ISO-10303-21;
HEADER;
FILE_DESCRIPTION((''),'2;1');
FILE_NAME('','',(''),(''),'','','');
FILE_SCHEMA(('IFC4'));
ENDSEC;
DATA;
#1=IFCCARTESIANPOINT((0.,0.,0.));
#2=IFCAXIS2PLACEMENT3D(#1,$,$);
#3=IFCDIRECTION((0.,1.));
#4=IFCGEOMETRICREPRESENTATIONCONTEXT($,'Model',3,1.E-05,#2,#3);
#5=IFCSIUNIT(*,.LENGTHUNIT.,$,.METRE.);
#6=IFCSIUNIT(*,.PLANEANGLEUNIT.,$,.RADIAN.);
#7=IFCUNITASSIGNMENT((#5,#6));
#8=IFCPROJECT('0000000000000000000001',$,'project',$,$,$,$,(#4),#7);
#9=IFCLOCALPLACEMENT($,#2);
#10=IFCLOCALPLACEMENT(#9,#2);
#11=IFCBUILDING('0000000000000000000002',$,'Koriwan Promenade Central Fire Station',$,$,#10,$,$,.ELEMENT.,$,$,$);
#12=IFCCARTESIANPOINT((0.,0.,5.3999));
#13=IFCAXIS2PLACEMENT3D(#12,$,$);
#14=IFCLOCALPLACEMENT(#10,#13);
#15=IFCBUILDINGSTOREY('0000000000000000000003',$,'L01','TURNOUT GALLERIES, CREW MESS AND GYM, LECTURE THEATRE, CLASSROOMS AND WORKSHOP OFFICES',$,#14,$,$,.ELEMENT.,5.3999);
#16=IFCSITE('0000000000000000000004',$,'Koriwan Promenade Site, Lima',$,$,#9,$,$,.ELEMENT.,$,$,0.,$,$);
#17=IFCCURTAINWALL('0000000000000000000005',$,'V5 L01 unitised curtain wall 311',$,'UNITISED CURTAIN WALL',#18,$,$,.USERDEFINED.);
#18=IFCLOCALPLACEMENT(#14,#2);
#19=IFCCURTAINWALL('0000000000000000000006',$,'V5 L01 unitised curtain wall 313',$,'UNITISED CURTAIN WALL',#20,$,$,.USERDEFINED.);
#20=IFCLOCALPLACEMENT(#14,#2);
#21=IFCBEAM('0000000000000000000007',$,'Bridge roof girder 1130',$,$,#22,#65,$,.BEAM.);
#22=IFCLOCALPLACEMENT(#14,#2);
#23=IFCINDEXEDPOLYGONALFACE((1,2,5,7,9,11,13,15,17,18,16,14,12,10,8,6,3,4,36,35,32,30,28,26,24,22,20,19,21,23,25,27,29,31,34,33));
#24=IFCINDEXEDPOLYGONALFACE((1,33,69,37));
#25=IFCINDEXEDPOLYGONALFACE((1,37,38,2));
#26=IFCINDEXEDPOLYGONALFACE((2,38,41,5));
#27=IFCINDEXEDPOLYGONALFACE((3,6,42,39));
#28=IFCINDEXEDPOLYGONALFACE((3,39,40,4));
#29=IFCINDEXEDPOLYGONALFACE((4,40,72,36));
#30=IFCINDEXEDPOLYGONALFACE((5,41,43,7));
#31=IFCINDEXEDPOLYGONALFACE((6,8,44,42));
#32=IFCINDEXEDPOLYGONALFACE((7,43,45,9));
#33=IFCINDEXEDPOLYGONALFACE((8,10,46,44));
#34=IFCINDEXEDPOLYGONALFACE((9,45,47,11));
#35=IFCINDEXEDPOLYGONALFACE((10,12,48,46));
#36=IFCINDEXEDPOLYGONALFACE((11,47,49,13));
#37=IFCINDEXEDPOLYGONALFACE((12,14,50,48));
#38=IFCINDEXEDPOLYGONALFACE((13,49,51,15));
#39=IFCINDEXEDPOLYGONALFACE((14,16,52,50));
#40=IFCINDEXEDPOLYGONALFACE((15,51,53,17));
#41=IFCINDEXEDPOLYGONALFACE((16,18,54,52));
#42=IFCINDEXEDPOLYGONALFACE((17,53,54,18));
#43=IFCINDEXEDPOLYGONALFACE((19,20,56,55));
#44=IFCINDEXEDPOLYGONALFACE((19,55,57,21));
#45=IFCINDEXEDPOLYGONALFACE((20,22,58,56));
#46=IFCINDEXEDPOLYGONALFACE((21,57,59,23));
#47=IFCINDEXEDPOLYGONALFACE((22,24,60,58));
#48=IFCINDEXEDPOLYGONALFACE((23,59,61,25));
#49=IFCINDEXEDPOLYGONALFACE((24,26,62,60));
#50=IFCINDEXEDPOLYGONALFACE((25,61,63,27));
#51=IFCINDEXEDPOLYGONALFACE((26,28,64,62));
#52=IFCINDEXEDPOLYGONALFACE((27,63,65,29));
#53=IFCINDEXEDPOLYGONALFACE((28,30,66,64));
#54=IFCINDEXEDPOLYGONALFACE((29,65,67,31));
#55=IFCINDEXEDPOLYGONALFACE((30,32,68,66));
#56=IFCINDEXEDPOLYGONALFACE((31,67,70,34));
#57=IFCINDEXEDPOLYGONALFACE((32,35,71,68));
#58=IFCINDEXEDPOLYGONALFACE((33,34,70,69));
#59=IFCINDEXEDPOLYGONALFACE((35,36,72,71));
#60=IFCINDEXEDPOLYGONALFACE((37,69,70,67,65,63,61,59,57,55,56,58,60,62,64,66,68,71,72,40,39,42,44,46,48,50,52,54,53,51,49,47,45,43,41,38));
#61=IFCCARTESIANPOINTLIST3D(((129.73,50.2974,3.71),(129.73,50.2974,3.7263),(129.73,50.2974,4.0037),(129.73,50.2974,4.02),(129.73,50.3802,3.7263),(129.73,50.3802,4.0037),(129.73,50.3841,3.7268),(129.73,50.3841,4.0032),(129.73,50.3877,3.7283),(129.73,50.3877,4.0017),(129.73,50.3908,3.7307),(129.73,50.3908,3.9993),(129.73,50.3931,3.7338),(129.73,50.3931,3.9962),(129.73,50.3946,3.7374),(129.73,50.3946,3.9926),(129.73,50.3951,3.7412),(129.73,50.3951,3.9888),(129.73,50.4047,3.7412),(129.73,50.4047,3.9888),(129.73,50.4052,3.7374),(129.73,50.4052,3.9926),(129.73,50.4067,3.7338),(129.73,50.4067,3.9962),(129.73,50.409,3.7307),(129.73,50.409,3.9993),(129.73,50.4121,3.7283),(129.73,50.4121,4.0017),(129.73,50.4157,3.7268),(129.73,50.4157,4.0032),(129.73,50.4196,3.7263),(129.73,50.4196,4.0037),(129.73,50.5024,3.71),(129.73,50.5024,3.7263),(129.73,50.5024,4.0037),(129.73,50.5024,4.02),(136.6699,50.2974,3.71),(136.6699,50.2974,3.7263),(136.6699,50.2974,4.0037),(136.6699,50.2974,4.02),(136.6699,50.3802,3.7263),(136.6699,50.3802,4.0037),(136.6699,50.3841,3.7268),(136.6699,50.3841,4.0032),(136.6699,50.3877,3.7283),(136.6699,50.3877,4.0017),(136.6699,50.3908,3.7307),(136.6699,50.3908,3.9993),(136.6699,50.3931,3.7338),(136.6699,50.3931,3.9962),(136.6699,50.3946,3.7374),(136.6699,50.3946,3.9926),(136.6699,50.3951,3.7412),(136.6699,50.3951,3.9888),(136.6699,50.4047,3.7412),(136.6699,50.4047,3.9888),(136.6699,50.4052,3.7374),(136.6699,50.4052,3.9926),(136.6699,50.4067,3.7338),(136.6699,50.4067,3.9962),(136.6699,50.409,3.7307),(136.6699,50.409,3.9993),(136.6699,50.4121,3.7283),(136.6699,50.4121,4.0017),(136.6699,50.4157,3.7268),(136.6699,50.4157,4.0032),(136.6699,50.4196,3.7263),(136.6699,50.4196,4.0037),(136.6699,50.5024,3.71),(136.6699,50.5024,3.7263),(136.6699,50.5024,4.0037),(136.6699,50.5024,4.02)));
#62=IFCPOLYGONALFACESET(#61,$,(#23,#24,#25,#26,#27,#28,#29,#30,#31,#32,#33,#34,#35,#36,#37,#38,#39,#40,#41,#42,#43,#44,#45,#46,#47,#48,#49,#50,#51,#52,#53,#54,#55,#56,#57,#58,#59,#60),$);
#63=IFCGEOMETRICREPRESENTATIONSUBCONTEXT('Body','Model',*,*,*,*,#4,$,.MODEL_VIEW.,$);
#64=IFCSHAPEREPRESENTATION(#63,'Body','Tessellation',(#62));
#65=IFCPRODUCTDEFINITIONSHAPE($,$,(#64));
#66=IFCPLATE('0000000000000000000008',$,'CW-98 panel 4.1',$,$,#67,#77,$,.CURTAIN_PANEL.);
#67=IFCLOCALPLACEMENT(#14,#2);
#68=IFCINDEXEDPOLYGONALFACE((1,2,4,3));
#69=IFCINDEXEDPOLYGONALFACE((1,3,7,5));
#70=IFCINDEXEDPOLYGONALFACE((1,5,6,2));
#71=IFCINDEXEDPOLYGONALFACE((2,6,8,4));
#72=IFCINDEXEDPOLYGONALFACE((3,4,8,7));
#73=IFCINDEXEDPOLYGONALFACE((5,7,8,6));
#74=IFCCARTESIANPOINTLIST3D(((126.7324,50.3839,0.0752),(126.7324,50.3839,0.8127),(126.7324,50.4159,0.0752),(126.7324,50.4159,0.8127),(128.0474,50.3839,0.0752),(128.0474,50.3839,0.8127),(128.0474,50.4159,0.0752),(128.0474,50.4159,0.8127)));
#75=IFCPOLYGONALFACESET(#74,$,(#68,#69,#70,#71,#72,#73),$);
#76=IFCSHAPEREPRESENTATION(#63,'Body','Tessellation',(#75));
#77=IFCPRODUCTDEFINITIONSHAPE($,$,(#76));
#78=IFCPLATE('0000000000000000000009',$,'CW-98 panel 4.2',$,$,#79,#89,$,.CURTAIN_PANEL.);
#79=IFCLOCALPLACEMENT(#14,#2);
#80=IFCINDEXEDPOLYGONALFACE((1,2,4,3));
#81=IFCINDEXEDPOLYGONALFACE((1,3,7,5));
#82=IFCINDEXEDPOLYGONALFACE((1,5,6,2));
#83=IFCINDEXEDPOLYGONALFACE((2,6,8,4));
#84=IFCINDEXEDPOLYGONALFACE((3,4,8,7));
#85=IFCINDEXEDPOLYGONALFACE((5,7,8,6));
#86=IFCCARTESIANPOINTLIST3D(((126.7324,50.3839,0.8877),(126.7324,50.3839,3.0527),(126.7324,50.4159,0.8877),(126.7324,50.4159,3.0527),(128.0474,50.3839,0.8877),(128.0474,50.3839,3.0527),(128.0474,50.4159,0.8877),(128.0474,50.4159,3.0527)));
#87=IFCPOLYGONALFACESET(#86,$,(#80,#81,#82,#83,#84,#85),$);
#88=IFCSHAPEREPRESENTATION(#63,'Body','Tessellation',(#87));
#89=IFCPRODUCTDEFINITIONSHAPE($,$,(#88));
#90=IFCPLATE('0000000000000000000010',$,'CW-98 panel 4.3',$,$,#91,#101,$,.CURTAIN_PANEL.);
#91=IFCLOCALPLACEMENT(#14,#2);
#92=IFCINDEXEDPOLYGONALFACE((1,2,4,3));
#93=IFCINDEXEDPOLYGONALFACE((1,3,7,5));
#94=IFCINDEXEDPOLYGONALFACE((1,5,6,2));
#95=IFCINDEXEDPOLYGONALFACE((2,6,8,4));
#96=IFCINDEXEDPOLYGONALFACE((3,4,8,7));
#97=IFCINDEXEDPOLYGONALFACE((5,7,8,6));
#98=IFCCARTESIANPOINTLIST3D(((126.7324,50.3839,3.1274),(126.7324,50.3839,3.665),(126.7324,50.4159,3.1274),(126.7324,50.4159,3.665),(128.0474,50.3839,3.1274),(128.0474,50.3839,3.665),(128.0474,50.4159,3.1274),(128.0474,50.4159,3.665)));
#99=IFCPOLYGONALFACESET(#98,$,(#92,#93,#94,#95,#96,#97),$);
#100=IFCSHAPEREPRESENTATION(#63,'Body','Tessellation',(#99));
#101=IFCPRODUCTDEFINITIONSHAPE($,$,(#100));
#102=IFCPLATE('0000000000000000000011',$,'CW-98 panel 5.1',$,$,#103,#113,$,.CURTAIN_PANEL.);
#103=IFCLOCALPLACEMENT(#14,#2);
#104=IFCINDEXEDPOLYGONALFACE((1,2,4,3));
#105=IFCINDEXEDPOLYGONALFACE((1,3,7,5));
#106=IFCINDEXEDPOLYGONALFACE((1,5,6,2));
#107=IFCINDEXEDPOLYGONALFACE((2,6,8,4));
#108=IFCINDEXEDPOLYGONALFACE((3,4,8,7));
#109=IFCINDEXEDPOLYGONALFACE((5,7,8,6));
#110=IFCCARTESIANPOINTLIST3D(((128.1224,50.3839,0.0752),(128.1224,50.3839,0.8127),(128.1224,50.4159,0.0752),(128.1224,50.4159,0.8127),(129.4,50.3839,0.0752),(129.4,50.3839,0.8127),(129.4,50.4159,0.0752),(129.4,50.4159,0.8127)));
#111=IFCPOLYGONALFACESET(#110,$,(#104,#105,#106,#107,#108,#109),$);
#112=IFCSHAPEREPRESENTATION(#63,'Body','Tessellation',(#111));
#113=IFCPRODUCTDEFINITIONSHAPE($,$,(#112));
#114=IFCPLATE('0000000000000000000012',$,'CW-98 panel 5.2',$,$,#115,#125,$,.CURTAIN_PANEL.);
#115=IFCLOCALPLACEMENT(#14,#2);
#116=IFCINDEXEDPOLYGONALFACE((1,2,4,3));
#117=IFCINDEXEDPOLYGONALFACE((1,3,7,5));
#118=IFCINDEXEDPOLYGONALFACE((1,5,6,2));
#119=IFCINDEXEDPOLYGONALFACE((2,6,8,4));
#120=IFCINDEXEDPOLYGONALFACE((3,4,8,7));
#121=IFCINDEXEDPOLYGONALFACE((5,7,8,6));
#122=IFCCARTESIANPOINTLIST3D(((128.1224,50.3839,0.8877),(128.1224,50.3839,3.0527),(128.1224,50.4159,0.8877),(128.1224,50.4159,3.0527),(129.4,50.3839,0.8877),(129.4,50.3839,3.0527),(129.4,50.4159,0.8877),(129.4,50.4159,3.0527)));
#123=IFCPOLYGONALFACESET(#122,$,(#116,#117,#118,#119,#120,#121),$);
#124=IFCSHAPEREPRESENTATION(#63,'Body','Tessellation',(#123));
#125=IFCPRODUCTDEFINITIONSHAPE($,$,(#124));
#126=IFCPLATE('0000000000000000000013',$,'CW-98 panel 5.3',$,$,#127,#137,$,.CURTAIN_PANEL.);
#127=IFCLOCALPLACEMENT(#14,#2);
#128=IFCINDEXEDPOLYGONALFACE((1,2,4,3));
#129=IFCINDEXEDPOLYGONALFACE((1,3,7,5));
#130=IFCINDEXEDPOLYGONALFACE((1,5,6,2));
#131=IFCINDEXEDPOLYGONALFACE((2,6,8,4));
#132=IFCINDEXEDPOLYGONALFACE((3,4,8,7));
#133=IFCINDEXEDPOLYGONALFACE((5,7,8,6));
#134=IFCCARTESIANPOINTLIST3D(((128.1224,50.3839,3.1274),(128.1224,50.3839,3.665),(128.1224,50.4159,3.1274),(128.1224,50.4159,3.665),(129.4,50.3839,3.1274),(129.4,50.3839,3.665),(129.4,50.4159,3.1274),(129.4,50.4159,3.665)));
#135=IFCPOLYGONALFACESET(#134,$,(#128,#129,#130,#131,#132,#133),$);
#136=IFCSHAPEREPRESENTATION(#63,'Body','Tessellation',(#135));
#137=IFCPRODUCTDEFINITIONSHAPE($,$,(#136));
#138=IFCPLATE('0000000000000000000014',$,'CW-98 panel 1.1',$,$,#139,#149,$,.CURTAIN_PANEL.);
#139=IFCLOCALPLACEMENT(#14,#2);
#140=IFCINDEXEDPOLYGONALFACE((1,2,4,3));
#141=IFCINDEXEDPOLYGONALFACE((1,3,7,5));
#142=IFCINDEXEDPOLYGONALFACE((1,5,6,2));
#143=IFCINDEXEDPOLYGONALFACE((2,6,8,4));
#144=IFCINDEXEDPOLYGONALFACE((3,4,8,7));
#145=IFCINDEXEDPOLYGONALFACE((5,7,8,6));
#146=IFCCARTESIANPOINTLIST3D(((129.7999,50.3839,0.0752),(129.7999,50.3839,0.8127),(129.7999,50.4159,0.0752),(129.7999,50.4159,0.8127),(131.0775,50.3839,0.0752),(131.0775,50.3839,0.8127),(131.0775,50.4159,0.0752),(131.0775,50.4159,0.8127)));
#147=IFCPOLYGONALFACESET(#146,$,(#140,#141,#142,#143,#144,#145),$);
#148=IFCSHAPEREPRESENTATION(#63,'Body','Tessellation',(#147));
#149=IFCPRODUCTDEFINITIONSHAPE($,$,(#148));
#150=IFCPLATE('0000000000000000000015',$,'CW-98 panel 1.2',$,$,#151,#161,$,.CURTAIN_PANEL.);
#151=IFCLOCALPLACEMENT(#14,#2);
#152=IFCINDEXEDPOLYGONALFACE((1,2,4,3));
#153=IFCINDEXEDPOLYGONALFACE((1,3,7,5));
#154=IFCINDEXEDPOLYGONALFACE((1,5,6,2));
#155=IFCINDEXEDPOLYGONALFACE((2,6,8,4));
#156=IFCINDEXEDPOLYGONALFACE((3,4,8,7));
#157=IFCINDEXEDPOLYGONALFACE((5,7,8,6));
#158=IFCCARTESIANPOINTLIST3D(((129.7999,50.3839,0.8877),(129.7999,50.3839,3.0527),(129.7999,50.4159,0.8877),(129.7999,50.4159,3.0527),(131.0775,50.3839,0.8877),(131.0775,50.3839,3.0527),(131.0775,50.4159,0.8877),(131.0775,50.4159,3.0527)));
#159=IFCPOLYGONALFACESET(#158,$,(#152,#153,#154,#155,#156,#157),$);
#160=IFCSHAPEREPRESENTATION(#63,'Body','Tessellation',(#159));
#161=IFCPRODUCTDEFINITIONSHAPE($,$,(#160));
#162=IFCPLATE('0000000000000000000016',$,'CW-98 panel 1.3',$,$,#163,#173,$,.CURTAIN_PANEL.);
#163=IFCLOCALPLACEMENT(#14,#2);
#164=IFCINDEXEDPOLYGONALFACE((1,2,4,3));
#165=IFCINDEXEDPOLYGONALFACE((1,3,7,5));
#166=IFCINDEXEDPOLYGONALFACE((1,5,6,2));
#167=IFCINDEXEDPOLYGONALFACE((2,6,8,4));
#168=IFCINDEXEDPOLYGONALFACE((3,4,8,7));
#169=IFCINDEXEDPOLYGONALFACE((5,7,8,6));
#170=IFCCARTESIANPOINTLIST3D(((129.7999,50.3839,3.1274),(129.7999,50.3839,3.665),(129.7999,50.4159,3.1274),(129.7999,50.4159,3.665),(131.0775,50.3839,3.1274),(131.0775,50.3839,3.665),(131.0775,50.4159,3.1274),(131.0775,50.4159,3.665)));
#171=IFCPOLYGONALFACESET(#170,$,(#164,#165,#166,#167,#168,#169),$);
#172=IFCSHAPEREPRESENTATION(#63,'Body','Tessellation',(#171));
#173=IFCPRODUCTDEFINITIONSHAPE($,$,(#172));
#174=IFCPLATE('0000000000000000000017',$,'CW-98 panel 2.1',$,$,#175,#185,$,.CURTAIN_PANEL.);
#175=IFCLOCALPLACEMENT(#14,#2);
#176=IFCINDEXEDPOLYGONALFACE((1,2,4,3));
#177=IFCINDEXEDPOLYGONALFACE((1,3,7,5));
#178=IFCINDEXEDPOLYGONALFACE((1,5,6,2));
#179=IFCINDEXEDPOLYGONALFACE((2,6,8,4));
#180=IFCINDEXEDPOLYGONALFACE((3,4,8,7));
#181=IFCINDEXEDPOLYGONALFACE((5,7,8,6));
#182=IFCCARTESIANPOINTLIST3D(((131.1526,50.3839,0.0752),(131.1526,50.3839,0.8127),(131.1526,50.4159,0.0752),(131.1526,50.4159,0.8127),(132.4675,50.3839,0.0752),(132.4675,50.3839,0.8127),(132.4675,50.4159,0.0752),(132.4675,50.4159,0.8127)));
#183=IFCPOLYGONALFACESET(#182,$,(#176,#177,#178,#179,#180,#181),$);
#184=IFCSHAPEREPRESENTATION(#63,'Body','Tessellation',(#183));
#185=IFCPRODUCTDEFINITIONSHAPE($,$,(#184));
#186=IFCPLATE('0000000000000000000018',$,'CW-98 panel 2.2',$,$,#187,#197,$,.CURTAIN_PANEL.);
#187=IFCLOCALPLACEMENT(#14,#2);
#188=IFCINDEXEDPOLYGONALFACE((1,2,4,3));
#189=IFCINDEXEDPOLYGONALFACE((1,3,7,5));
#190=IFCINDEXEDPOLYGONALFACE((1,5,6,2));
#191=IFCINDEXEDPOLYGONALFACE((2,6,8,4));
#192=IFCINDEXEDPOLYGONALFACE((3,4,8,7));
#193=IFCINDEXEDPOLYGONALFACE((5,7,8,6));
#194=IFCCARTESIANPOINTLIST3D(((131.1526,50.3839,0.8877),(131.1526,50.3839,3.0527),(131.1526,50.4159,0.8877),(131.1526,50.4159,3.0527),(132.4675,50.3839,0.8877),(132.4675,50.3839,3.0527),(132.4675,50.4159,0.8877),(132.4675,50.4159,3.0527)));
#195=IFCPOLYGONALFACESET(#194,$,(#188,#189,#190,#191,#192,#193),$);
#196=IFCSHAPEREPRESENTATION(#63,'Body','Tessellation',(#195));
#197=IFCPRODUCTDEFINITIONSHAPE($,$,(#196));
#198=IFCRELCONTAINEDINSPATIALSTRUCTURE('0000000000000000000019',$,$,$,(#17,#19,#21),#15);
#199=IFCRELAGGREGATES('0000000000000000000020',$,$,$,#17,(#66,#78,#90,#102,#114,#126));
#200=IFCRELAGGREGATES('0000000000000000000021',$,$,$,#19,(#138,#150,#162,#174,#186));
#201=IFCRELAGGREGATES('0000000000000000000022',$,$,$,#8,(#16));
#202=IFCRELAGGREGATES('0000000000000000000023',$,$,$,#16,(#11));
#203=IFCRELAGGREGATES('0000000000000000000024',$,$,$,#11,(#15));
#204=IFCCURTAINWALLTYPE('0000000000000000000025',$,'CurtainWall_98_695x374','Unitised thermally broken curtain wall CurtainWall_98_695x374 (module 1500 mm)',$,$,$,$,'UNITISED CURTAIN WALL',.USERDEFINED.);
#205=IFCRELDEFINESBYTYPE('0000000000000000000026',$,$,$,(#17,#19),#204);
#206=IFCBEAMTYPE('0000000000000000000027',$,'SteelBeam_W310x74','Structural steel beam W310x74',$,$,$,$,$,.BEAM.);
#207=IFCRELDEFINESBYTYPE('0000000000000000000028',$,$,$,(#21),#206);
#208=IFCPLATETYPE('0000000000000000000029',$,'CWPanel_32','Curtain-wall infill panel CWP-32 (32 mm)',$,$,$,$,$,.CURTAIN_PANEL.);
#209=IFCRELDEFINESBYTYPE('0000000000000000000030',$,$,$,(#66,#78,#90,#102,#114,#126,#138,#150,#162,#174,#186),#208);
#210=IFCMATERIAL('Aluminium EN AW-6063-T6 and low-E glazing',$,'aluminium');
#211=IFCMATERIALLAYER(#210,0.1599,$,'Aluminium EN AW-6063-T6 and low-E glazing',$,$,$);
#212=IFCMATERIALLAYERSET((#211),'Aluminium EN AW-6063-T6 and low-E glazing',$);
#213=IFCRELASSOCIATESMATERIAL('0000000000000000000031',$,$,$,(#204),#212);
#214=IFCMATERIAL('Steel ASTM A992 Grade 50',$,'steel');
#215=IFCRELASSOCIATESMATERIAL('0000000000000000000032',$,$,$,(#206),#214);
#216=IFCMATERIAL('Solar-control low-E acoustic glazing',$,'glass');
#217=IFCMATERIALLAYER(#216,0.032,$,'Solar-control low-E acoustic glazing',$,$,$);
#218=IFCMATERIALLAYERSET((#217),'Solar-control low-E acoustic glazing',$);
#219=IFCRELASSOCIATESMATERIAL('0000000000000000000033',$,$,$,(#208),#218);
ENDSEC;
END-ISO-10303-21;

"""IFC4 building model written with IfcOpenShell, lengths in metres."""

from ifc_helpers import new_model, si_unit, direction, frame, origin, origin_2d, place, context, subcontext, project, spatial, rectangle, i_section, extrude, material, layer, layer_set, material_profile, profile_set, type_object, element, aggregate, save


model = new_model("IFC4")

# Units and contexts
model_context = context("Model", 3, precision=1e-05, world=origin(), true_north=direction((0.0, 1.0)))
body_context = subcontext(model_context, "Body", "Model", "MODEL_VIEW")
ifc_project = project(units=[si_unit("LENGTHUNIT", "METRE"), si_unit("PLANEANGLEUNIT", "RADIAN")], contexts=[model_context])

# Site, building, storey
site_placement = place(None, origin())
site = spatial("IfcSite", under=ifc_project, at=site_placement, Name="Koriwan Promenade Site, Lima", CompositionType="ELEMENT", RefElevation=0.0)
building_placement = place(site_placement, origin())
building = spatial("IfcBuilding", under=site, at=building_placement, Name="Koriwan Promenade Central Fire Station", CompositionType="ELEMENT")
storey_placement = place(building_placement, frame((0.0, 0.0, 5.3999)))
storey = spatial("IfcBuildingStorey", under=building, at=storey_placement, Name="L01", Description="TURNOUT GALLERIES, CREW MESS AND GYM, LECTURE THEATRE, CLASSROOMS AND WORKSHOP OFFICES", CompositionType="ELEMENT", Elevation=5.3999)

# Curtain walls
ifc_material_1 = material(Name="Aluminium EN AW-6063-T6 and low-E glazing", Category="aluminium")
ifc_layer_1 = layer(ifc_material_1, 0.1599, Name="Aluminium EN AW-6063-T6 and low-E glazing")
ifc_layer_set_1 = layer_set([ifc_layer_1], Name="Aluminium EN AW-6063-T6 and low-E glazing")
curtain_wall_type = type_object("IfcCurtainWallType", Name="CurtainWall_98_695x374", Description="Unitised thermally broken curtain wall CurtainWall_98_695x374 (module 1500 mm)", ElementType="UNITISED CURTAIN WALL", PredefinedType="USERDEFINED", material=ifc_layer_set_1)
curtain_wall_1_placement = place(storey_placement, origin())
curtain_wall_1 = element("IfcCurtainWall", 1, at=curtain_wall_1_placement, inside=storey, type_object=curtain_wall_type, Name="V5 L01 unitised curtain wall 311", ObjectType="UNITISED CURTAIN WALL", PredefinedType="USERDEFINED")
curtain_wall_2_placement = place(storey_placement, origin())
curtain_wall_2 = element("IfcCurtainWall", 2, at=curtain_wall_2_placement, inside=storey, type_object=curtain_wall_type, Name="V5 L01 unitised curtain wall 313", ObjectType="UNITISED CURTAIN WALL", PredefinedType="USERDEFINED")

# Beam
ifc_material_2 = material(Name="Steel ASTM A992 Grade 50", Category="steel")
ifc_material_profile_1 = material_profile(ifc_material_2, i_section(OverallWidth=0.2051, OverallDepth=0.3101, WebThickness=0.0095, FlangeThickness=0.0164, FilletRadius=0.0149, at=origin_2d()), Name="W310x74")
ifc_profile_set_1 = profile_set([ifc_material_profile_1], Name="Steel ASTM A992 Grade 50")
beam_type_1 = type_object("IfcBeamType", Name="SteelBeam_W310x74", Description="Structural steel beam W310x74", PredefinedType="BEAM", material=ifc_profile_set_1)
beam_1_placement = place(storey_placement, frame((129.73, 50.3999, 3.865), z_axis=(1.0, 0.0, 0.0), x_axis=(0.0, 1.0, 0.0)))
element("IfcBeam", 3, at=beam_1_placement, inside=storey, type_object=beam_type_1, Name="Bridge roof girder 1130", PredefinedType="BEAM", context=body_context, shape_type="SweptSolid", body=[
    extrude(i_section(OverallWidth=0.2051, OverallDepth=0.3101, WebThickness=0.0095, FlangeThickness=0.0164, FilletRadius=0.0149, at=origin_2d()), origin(), (0.0, 0.0, 1.0), 6.9399),
])

# Plates
ifc_material_3 = material(Name="Solar-control low-E acoustic glazing", Category="glass")
ifc_layer_2 = layer(ifc_material_3, 0.032, Name="Solar-control low-E acoustic glazing")
ifc_layer_set_2 = layer_set([ifc_layer_2], Name="Solar-control low-E acoustic glazing")
plate_type = type_object("IfcPlateType", Name="CWPanel_32", Description="Curtain-wall infill panel CWP-32 (32 mm)", PredefinedType="CURTAIN_PANEL", material=ifc_layer_set_2)
plate_1_placement = place(storey_placement, frame((127.3899, 50.3999, 0.0752), z_axis=(0.0, 0.0, 1.0), x_axis=(1.0, 0.0, 0.0)))
plate_1 = element("IfcPlate", 4, at=plate_1_placement, type_object=plate_type, Name="CW-98 panel 4.1", PredefinedType="CURTAIN_PANEL", context=body_context, shape_type="SweptSolid", body=[
    extrude(rectangle(XDim=1.3149, YDim=0.032, at=origin_2d()), origin(), (0.0, 0.0, 1.0), 0.7375),
])
plate_2_placement = place(storey_placement, frame((127.3899, 50.3999, 0.8877), z_axis=(0.0, 0.0, 1.0), x_axis=(1.0, 0.0, 0.0)))
plate_2 = element("IfcPlate", 5, at=plate_2_placement, type_object=plate_type, Name="CW-98 panel 4.2", PredefinedType="CURTAIN_PANEL", context=body_context, shape_type="SweptSolid", body=[
    extrude(rectangle(XDim=1.3149, YDim=0.032, at=origin_2d()), origin(), (0.0, 0.0, 1.0), 2.165),
])
plate_3_placement = place(storey_placement, frame((127.3899, 50.3999, 3.1274), z_axis=(0.0, 0.0, 1.0), x_axis=(1.0, 0.0, 0.0)))
plate_3 = element("IfcPlate", 6, at=plate_3_placement, type_object=plate_type, Name="CW-98 panel 4.3", PredefinedType="CURTAIN_PANEL", context=body_context, shape_type="SweptSolid", body=[
    extrude(rectangle(XDim=1.3149, YDim=0.032, at=origin_2d()), origin(), (0.0, 0.0, 1.0), 0.5376),
])
plate_4_placement = place(storey_placement, frame((128.7612, 50.3999, 0.0752), z_axis=(0.0, 0.0, 1.0), x_axis=(1.0, 0.0, 0.0)))
plate_4 = element("IfcPlate", 7, at=plate_4_placement, type_object=plate_type, Name="CW-98 panel 5.1", PredefinedType="CURTAIN_PANEL", context=body_context, shape_type="SweptSolid", body=[
    extrude(rectangle(XDim=1.2776, YDim=0.032, at=origin_2d()), origin(), (0.0, 0.0, 1.0), 0.7375),
])
plate_5_placement = place(storey_placement, frame((128.7612, 50.3999, 0.8877), z_axis=(0.0, 0.0, 1.0), x_axis=(1.0, 0.0, 0.0)))
plate_5 = element("IfcPlate", 8, at=plate_5_placement, type_object=plate_type, Name="CW-98 panel 5.2", PredefinedType="CURTAIN_PANEL", context=body_context, shape_type="SweptSolid", body=[
    extrude(rectangle(XDim=1.2776, YDim=0.032, at=origin_2d()), origin(), (0.0, 0.0, 1.0), 2.165),
])
plate_6_placement = place(storey_placement, frame((128.7612, 50.3999, 3.1274), z_axis=(0.0, 0.0, 1.0), x_axis=(1.0, 0.0, 0.0)))
plate_6 = element("IfcPlate", 9, at=plate_6_placement, type_object=plate_type, Name="CW-98 panel 5.3", PredefinedType="CURTAIN_PANEL", context=body_context, shape_type="SweptSolid", body=[
    extrude(rectangle(XDim=1.2776, YDim=0.032, at=origin_2d()), origin(), (0.0, 0.0, 1.0), 0.5376),
])
aggregate(curtain_wall_1, [plate_1, plate_2, plate_3, plate_4, plate_5, plate_6])
plate_7_placement = place(storey_placement, frame((130.4387, 50.3999, 0.0752), z_axis=(0.0, 0.0, 1.0), x_axis=(1.0, 0.0, 0.0)))
plate_7 = element("IfcPlate", 10, at=plate_7_placement, type_object=plate_type, Name="CW-98 panel 1.1", PredefinedType="CURTAIN_PANEL", context=body_context, shape_type="SweptSolid", body=[
    extrude(rectangle(XDim=1.2776, YDim=0.032, at=origin_2d()), origin(), (0.0, 0.0, 1.0), 0.7375),
])
plate_8_placement = place(storey_placement, frame((130.4387, 50.3999, 0.8877), z_axis=(0.0, 0.0, 1.0), x_axis=(1.0, 0.0, 0.0)))
plate_8 = element("IfcPlate", 11, at=plate_8_placement, type_object=plate_type, Name="CW-98 panel 1.2", PredefinedType="CURTAIN_PANEL", context=body_context, shape_type="SweptSolid", body=[
    extrude(rectangle(XDim=1.2776, YDim=0.032, at=origin_2d()), origin(), (0.0, 0.0, 1.0), 2.165),
])
plate_9_placement = place(storey_placement, frame((130.4387, 50.3999, 3.1274), z_axis=(0.0, 0.0, 1.0), x_axis=(1.0, 0.0, 0.0)))
plate_9 = element("IfcPlate", 12, at=plate_9_placement, type_object=plate_type, Name="CW-98 panel 1.3", PredefinedType="CURTAIN_PANEL", context=body_context, shape_type="SweptSolid", body=[
    extrude(rectangle(XDim=1.2776, YDim=0.032, at=origin_2d()), origin(), (0.0, 0.0, 1.0), 0.5376),
])
plate_10_placement = place(storey_placement, frame((131.8101, 50.3999, 0.0752), z_axis=(0.0, 0.0, 1.0), x_axis=(1.0, 0.0, 0.0)))
plate_10 = element("IfcPlate", 13, at=plate_10_placement, type_object=plate_type, Name="CW-98 panel 2.1", PredefinedType="CURTAIN_PANEL", context=body_context, shape_type="SweptSolid", body=[
    extrude(rectangle(XDim=1.3149, YDim=0.032, at=origin_2d()), origin(), (0.0, 0.0, 1.0), 0.7375),
])
plate_11_placement = place(storey_placement, frame((131.8101, 50.3999, 0.8877), z_axis=(0.0, 0.0, 1.0), x_axis=(1.0, 0.0, 0.0)))
plate_11 = element("IfcPlate", 14, at=plate_11_placement, type_object=plate_type, Name="CW-98 panel 2.2", PredefinedType="CURTAIN_PANEL", context=body_context, shape_type="SweptSolid", body=[
    extrude(rectangle(XDim=1.3149, YDim=0.032, at=origin_2d()), origin(), (0.0, 0.0, 1.0), 2.165),
])
aggregate(curtain_wall_2, [plate_7, plate_8, plate_9, plate_10, plate_11])

save(model, "model.ifc")
